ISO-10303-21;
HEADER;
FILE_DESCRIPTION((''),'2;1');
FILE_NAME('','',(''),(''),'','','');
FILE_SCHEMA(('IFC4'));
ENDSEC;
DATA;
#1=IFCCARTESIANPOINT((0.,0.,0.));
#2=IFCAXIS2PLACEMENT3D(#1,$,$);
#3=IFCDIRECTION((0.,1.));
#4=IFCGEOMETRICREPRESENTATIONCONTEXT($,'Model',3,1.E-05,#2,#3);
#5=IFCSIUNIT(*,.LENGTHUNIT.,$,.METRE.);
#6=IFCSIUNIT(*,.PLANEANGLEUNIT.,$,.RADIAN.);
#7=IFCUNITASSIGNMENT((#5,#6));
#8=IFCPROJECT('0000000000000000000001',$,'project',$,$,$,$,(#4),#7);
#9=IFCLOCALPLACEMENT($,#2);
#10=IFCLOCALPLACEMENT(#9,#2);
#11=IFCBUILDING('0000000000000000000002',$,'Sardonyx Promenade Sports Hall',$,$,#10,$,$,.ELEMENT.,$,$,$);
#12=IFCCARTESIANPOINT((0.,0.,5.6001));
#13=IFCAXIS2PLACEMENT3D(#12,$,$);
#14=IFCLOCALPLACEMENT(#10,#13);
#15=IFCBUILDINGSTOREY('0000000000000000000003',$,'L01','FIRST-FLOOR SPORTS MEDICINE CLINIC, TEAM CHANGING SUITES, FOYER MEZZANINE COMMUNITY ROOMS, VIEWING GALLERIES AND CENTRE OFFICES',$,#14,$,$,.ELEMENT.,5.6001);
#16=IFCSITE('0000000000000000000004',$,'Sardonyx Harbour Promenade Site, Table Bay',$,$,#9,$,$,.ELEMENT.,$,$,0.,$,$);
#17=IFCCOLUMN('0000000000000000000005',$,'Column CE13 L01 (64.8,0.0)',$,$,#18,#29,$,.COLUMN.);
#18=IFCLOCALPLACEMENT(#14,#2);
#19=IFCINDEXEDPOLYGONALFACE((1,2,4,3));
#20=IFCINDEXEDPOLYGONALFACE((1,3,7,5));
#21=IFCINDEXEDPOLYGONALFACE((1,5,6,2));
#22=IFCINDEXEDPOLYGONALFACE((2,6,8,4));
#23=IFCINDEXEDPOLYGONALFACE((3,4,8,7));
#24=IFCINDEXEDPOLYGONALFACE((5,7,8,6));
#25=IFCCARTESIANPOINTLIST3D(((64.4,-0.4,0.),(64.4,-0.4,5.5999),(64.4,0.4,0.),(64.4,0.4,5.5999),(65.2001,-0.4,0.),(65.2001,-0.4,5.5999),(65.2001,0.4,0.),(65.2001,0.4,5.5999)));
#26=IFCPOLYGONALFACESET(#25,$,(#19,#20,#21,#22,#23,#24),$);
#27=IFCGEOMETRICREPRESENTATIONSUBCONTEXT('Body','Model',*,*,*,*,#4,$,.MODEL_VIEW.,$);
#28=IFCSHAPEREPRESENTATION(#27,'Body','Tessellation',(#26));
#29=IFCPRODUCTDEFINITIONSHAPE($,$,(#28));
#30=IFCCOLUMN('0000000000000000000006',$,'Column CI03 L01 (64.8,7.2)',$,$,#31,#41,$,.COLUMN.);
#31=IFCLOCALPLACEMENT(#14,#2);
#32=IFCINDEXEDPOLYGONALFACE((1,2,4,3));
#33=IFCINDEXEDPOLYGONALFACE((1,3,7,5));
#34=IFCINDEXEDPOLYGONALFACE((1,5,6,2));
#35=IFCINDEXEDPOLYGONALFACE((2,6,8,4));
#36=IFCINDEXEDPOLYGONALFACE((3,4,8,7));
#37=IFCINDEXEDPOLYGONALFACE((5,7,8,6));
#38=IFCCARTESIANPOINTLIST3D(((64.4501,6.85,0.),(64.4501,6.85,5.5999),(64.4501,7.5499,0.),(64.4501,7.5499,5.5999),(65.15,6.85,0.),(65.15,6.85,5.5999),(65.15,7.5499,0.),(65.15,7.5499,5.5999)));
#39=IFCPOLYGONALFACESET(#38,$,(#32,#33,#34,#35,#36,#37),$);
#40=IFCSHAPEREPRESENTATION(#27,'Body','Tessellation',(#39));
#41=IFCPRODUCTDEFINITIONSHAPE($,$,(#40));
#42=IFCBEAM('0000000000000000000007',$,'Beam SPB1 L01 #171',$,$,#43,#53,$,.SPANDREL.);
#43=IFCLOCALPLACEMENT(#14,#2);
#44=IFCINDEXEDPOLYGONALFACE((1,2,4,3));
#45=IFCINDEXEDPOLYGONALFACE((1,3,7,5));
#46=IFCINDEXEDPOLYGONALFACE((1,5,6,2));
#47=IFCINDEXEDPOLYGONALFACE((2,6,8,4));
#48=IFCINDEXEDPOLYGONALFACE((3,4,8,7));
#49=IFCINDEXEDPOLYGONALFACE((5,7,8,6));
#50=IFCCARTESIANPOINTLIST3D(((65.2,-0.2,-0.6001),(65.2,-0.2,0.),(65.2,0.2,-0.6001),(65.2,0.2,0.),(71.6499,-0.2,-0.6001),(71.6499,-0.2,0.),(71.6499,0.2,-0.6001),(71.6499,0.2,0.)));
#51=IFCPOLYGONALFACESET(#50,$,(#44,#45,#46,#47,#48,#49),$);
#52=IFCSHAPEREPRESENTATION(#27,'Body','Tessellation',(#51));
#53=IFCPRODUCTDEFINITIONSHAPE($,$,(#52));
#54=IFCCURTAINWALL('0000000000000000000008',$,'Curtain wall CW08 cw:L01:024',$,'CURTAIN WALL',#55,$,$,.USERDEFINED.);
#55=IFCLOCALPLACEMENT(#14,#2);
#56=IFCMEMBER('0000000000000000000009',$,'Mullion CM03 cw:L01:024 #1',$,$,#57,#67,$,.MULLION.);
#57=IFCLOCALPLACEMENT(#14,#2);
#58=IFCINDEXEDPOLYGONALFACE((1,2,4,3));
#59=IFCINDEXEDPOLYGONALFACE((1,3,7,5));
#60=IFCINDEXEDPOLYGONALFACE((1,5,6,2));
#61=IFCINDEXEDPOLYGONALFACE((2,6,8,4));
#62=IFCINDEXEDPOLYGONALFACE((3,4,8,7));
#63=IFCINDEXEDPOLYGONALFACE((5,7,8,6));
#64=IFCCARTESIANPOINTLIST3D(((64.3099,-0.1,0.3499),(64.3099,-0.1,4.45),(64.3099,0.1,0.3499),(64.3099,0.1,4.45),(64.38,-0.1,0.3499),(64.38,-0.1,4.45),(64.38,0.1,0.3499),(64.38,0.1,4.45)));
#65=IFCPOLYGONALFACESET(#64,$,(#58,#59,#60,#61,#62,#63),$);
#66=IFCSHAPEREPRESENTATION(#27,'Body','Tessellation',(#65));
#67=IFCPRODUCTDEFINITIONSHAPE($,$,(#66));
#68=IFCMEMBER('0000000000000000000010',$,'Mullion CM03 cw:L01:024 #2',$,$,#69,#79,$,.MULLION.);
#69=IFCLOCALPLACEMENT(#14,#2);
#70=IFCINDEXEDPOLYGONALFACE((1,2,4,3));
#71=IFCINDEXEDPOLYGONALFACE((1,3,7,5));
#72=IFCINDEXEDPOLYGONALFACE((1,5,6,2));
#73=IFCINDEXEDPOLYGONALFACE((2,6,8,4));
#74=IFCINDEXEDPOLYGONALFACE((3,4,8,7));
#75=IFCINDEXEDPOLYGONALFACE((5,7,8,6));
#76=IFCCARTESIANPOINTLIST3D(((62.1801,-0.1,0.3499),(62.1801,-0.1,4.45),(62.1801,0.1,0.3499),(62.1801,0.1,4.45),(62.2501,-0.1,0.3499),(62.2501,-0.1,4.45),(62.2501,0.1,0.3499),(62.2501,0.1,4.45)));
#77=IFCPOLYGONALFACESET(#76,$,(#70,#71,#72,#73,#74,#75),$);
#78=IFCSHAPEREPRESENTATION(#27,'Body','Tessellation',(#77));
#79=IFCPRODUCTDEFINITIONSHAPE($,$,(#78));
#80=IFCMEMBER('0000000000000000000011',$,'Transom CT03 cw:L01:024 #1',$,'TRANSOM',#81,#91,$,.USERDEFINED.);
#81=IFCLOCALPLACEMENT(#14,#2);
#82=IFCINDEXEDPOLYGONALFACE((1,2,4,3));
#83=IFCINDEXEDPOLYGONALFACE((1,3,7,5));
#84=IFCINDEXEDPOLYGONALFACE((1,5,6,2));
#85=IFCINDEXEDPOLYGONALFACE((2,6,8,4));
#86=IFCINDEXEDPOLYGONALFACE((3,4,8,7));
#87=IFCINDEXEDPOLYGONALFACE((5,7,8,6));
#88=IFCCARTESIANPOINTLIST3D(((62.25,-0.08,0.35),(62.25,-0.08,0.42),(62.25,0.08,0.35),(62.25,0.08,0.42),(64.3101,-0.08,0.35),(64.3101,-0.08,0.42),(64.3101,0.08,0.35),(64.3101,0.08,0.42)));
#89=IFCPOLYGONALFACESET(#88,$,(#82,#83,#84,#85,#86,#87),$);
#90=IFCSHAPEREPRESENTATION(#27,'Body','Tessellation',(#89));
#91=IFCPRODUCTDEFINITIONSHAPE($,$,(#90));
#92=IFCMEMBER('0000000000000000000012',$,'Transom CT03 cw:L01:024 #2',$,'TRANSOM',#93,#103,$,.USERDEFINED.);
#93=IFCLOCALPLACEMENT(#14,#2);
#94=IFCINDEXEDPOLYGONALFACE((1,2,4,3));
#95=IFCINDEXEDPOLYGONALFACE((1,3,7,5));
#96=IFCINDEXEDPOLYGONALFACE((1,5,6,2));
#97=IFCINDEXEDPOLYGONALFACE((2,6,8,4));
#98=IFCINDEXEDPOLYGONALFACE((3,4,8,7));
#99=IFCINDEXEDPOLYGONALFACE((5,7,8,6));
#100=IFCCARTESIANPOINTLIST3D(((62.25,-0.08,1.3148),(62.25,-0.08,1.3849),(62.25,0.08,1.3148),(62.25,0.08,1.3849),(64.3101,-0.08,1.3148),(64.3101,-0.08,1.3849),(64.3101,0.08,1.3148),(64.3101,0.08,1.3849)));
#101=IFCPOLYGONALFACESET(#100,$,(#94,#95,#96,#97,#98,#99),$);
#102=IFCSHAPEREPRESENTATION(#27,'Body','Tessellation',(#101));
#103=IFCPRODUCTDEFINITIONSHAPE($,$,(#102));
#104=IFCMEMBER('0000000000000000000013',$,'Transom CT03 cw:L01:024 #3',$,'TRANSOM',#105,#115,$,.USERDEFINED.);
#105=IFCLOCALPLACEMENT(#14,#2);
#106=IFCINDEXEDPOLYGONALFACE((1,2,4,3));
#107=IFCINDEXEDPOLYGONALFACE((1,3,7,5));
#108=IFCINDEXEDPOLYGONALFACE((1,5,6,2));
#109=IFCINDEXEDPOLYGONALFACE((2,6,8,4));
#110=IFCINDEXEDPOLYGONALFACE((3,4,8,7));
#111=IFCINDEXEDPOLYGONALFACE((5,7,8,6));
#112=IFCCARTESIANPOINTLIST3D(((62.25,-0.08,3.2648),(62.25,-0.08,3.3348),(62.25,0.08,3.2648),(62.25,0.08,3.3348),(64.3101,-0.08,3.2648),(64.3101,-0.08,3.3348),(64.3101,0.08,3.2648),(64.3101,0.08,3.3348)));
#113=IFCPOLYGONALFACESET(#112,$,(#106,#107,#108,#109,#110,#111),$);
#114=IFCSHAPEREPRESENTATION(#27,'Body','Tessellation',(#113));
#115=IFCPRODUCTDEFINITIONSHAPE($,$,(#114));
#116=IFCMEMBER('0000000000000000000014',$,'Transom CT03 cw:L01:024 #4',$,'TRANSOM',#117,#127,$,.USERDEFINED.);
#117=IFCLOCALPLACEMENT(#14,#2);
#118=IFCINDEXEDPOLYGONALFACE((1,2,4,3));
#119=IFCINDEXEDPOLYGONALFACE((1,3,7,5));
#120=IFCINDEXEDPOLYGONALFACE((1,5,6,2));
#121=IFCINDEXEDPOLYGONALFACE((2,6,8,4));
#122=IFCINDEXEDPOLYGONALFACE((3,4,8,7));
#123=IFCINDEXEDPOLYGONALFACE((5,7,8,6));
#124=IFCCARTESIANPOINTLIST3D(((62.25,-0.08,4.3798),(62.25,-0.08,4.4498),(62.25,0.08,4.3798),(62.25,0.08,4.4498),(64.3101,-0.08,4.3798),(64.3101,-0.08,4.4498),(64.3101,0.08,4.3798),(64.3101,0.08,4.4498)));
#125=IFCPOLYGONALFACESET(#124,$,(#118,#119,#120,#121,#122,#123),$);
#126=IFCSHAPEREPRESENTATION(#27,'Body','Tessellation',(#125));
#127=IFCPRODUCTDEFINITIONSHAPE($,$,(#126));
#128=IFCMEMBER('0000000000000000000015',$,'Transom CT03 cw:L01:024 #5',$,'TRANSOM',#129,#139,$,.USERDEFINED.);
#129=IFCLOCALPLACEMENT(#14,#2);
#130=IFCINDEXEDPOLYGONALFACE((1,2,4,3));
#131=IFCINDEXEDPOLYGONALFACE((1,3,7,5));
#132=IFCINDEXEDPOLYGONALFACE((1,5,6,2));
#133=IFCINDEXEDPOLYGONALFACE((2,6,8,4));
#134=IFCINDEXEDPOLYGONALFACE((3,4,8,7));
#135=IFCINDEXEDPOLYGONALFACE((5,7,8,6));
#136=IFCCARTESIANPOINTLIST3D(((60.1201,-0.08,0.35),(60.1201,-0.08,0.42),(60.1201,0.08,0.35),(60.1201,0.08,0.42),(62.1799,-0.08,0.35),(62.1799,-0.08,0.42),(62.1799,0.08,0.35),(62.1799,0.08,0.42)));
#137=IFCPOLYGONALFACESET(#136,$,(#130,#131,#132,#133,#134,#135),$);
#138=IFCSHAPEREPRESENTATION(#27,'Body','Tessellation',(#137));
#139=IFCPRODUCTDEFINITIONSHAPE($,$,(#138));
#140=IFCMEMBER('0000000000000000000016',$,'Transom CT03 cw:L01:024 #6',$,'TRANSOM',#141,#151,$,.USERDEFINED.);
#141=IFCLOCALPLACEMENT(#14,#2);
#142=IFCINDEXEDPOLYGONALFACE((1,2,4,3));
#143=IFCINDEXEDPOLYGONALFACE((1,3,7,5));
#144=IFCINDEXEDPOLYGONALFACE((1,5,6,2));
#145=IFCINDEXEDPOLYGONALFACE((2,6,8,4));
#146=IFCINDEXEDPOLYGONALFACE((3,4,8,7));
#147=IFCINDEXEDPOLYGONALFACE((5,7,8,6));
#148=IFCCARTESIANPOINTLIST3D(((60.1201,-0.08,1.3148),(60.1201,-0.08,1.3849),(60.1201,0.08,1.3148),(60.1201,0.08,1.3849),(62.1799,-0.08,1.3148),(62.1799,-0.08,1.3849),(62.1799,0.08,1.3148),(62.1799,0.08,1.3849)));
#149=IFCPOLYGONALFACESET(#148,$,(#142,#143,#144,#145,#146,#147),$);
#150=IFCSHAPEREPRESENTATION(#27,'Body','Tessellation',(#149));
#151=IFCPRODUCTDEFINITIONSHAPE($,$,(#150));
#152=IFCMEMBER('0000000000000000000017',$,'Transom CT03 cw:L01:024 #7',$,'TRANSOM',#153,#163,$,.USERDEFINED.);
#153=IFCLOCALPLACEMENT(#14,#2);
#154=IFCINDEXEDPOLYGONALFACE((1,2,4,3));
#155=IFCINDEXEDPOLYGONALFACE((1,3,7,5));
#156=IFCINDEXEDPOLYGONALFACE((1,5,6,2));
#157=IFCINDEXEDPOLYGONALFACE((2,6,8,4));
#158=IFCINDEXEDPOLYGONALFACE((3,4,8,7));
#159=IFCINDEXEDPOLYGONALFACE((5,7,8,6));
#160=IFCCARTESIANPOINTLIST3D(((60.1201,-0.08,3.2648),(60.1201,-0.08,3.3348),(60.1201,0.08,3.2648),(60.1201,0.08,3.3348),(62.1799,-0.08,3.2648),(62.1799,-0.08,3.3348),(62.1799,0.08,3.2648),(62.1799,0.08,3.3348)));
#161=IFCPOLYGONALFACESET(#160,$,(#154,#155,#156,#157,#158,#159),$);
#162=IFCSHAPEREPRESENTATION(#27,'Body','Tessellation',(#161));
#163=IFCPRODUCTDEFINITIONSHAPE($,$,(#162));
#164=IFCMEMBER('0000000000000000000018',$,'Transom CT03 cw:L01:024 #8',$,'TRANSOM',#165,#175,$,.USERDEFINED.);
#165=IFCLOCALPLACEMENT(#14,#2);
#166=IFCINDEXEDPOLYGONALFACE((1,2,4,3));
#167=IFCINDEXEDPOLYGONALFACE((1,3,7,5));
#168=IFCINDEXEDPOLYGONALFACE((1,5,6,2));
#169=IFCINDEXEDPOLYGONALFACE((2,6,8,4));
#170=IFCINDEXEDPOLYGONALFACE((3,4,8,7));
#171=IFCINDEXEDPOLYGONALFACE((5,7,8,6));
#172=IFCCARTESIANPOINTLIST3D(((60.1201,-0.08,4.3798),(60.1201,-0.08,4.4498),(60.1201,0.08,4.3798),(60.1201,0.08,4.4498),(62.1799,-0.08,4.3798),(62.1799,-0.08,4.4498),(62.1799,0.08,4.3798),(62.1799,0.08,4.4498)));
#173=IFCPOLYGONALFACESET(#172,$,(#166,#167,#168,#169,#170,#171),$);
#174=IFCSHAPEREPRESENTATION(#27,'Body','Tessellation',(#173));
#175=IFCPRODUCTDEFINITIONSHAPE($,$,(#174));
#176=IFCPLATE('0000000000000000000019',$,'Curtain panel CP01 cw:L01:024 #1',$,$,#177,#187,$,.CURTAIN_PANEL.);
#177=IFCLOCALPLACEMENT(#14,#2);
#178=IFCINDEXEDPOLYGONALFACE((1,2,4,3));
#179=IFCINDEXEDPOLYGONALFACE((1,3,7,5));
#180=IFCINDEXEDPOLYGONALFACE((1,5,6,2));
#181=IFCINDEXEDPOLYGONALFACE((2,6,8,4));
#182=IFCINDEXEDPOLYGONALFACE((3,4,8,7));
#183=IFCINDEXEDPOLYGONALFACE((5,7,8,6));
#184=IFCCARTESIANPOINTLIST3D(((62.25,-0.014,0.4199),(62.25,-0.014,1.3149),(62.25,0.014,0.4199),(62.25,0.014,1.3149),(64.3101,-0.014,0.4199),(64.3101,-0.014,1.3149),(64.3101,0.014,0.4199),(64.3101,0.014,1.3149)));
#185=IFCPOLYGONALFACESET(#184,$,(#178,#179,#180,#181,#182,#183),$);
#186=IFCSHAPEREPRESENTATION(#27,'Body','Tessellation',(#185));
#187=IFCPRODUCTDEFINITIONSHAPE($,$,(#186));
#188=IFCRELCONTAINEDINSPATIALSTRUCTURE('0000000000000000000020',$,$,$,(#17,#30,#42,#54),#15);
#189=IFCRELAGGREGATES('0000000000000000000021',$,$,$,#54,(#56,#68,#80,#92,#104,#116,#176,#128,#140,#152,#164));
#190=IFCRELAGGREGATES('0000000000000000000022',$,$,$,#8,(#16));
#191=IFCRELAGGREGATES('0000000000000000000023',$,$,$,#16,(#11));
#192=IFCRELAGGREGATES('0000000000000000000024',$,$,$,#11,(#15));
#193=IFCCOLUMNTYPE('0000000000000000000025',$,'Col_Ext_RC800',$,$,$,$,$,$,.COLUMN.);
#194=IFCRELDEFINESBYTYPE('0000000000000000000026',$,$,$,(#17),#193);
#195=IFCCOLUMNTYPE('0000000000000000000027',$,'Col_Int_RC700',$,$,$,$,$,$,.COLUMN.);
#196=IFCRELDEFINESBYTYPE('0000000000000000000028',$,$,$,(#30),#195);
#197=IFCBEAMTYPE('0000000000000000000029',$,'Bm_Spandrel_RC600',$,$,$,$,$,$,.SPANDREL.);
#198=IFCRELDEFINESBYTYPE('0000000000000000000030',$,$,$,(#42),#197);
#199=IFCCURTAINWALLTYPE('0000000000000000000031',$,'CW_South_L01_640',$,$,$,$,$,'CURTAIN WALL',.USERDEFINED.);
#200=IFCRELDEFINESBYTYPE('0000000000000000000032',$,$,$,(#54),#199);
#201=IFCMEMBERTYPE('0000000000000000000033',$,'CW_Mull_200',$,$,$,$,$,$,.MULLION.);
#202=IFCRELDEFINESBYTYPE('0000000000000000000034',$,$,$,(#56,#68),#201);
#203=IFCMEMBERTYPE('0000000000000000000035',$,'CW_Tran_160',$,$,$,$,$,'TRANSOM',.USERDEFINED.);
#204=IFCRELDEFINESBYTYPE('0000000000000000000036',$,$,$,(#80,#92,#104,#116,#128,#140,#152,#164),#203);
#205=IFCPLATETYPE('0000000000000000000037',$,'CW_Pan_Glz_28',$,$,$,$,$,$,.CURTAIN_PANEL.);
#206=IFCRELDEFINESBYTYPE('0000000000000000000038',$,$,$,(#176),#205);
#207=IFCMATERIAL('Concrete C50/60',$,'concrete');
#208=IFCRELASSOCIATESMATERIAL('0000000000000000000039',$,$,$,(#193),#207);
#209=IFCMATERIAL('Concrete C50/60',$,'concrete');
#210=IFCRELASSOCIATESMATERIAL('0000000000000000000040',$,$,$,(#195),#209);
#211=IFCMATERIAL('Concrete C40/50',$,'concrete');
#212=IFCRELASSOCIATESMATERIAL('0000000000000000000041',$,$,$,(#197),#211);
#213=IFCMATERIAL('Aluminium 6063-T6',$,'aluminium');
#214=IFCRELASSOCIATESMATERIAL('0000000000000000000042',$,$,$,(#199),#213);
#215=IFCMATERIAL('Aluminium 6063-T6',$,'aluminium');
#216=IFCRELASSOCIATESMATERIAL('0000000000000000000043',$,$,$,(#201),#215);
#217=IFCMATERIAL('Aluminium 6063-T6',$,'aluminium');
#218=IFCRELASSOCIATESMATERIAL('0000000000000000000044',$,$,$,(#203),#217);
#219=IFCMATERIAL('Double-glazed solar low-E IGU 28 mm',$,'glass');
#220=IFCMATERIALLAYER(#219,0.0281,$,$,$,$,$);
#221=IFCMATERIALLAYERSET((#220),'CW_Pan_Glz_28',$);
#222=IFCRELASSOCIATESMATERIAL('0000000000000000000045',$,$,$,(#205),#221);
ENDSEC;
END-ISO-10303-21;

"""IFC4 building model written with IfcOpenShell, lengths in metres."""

from ifc_helpers import new_model, si_unit, direction, frame, origin, origin_2d, place, context, subcontext, project, spatial, rectangle, extrude, material, layer, layer_set, material_profile, profile_set, type_object, element, aggregate, save


model = new_model("IFC4")

# Units and contexts
model_context = context("Model", 3, precision=1e-05, world=origin(), true_north=direction((0.0, 1.0)))
body_context = subcontext(model_context, "Body", "Model", "MODEL_VIEW")
ifc_project = project(units=[si_unit("LENGTHUNIT", "METRE"), si_unit("PLANEANGLEUNIT", "RADIAN")], contexts=[model_context])

# Site, building, storey
site_placement = place(None, origin())
site = spatial("IfcSite", under=ifc_project, at=site_placement, Name="Sardonyx Harbour Promenade Site, Table Bay", CompositionType="ELEMENT", RefElevation=0.0)
building_placement = place(site_placement, origin())
building = spatial("IfcBuilding", under=site, at=building_placement, Name="Sardonyx Promenade Sports Hall", CompositionType="ELEMENT")
storey_placement = place(building_placement, frame((0.0, 0.0, 5.6001)))
storey = spatial("IfcBuildingStorey", under=building, at=storey_placement, Name="L01", Description="FIRST-FLOOR SPORTS MEDICINE CLINIC, TEAM CHANGING SUITES, FOYER MEZZANINE COMMUNITY ROOMS, VIEWING GALLERIES AND CENTRE OFFICES", CompositionType="ELEMENT", Elevation=5.6001)

# Columns
ifc_material_1 = material(Name="Concrete C50/60", Category="concrete")
ifc_material_profile_1 = material_profile(ifc_material_1, rectangle(XDim=0.8, YDim=0.8, at=origin_2d()))
ifc_profile_set_1 = profile_set([ifc_material_profile_1], Name="Concrete C50/60")
column_type_1 = type_object("IfcColumnType", Name="Col_Ext_RC800", PredefinedType="COLUMN", material=ifc_profile_set_1)
column_1_placement = place(storey_placement, frame((64.8, 0.0, 0.0), z_axis=(0.0, 0.0, 1.0), x_axis=(1.0, 0.0, 0.0)))
element("IfcColumn", 1, at=column_1_placement, inside=storey, type_object=column_type_1, Name="Column CE13 L01 (64.8,0.0)", PredefinedType="COLUMN", context=body_context, shape_type="SweptSolid", body=[
    extrude(rectangle(XDim=0.8, YDim=0.8, at=origin_2d()), origin(), (0.0, 0.0, 1.0), 5.5999),
])
ifc_material_2 = material(Name="Concrete C50/60", Category="concrete")
ifc_material_profile_2 = material_profile(ifc_material_2, rectangle(XDim=0.7, YDim=0.7, at=origin_2d()))
ifc_profile_set_2 = profile_set([ifc_material_profile_2], Name="Concrete C50/60")
column_type_2 = type_object("IfcColumnType", Name="Col_Int_RC700", PredefinedType="COLUMN", material=ifc_profile_set_2)
column_2_placement = place(storey_placement, frame((64.8, 7.2, 0.0), z_axis=(0.0, 0.0, 1.0), x_axis=(1.0, 0.0, 0.0)))
element("IfcColumn", 2, at=column_2_placement, inside=storey, type_object=column_type_2, Name="Column CI03 L01 (64.8,7.2)", PredefinedType="COLUMN", context=body_context, shape_type="SweptSolid", body=[
    extrude(rectangle(XDim=0.7, YDim=0.7, at=origin_2d()), origin(), (0.0, 0.0, 1.0), 5.5999),
])

# Beam
ifc_material_3 = material(Name="Concrete C40/50", Category="concrete")
ifc_material_profile_3 = material_profile(ifc_material_3, rectangle(XDim=0.3999, YDim=0.6001, at=origin_2d()))
ifc_profile_set_3 = profile_set([ifc_material_profile_3], Name="Concrete C40/50")
beam_type = type_object("IfcBeamType", Name="Bm_Spandrel_RC600", PredefinedType="SPANDREL", material=ifc_profile_set_3)
beam_placement = place(storey_placement, frame((65.2, 0.0, -0.3), z_axis=(1.0, 0.0, 0.0), x_axis=(0.0, 1.0, 0.0)))
element("IfcBeam", 3, at=beam_placement, inside=storey, type_object=beam_type, Name="Beam SPB1 L01 #171", PredefinedType="SPANDREL", context=body_context, shape_type="SweptSolid", body=[
    extrude(rectangle(XDim=0.3999, YDim=0.6001, at=origin_2d()), origin(), (0.0, 0.0, 1.0), 6.45),
])

# Curtain wall, members, plate
ifc_material_4 = material(Name="Aluminium 6063-T6", Category="aluminium")
curtain_wall_type = type_object("IfcCurtainWallType", Name="CW_South_L01_640", ElementType="CURTAIN WALL", PredefinedType="USERDEFINED", material=ifc_material_4)
curtain_wall_placement = place(storey_placement, origin())
curtain_wall = element("IfcCurtainWall", 4, at=curtain_wall_placement, inside=storey, type_object=curtain_wall_type, Name="Curtain wall CW08 cw:L01:024", ObjectType="CURTAIN WALL", PredefinedType="USERDEFINED")
ifc_material_5 = material(Name="Aluminium 6063-T6", Category="aluminium")
ifc_material_profile_4 = material_profile(ifc_material_5, rectangle(XDim=0.0701, YDim=0.2, at=origin_2d()))
ifc_profile_set_4 = profile_set([ifc_material_profile_4], Name="Aluminium 6063-T6")
member_type_1 = type_object("IfcMemberType", Name="CW_Mull_200", PredefinedType="MULLION", material=ifc_profile_set_4)
member_1_placement = place(storey_placement, frame((64.345, 0.0, 0.3499), z_axis=(0.0, 0.0, 1.0), x_axis=(-1.0, 0.0, 0.0)))
member_1 = element("IfcMember", 5, at=member_1_placement, type_object=member_type_1, Name="Mullion CM03 cw:L01:024 #1", PredefinedType="MULLION", context=body_context, shape_type="SweptSolid", body=[
    extrude(rectangle(XDim=0.0701, YDim=0.2, at=origin_2d()), origin(), (0.0, 0.0, 1.0), 4.1001),
])
member_2_placement = place(storey_placement, frame((62.2151, 0.0, 0.3499), z_axis=(0.0, 0.0, 1.0), x_axis=(-1.0, 0.0, 0.0)))
member_2 = element("IfcMember", 6, at=member_2_placement, type_object=member_type_1, Name="Mullion CM03 cw:L01:024 #2", PredefinedType="MULLION", context=body_context, shape_type="SweptSolid", body=[
    extrude(rectangle(XDim=0.0701, YDim=0.2, at=origin_2d()), origin(), (0.0, 0.0, 1.0), 4.1001),
])
ifc_material_6 = material(Name="Aluminium 6063-T6", Category="aluminium")
ifc_material_profile_5 = material_profile(ifc_material_6, rectangle(XDim=0.0701, YDim=0.1599, at=origin_2d()))
ifc_profile_set_5 = profile_set([ifc_material_profile_5], Name="Aluminium 6063-T6")
member_type_2 = type_object("IfcMemberType", Name="CW_Tran_160", ElementType="TRANSOM", PredefinedType="USERDEFINED", material=ifc_profile_set_5)
member_3_placement = place(storey_placement, frame((64.3101, 0.0, 0.385), z_axis=(-1.0, 0.0, 0.0), x_axis=(0.0, 0.0, 1.0)))
member_3 = element("IfcMember", 7, at=member_3_placement, type_object=member_type_2, Name="Transom CT03 cw:L01:024 #1", ObjectType="TRANSOM", PredefinedType="USERDEFINED", context=body_context, shape_type="SweptSolid", body=[
    extrude(rectangle(XDim=0.0701, YDim=0.1599, at=origin_2d()), origin(), (0.0, 0.0, 1.0), 2.0601),
])
member_4_placement = place(storey_placement, frame((64.3101, 0.0, 1.3499), z_axis=(-1.0, 0.0, 0.0), x_axis=(0.0, 0.0, 1.0)))
member_4 = element("IfcMember", 8, at=member_4_placement, type_object=member_type_2, Name="Transom CT03 cw:L01:024 #2", ObjectType="TRANSOM", PredefinedType="USERDEFINED", context=body_context, shape_type="SweptSolid", body=[
    extrude(rectangle(XDim=0.0701, YDim=0.1599, at=origin_2d()), origin(), (0.0, 0.0, 1.0), 2.0601),
])
member_5_placement = place(storey_placement, frame((64.3101, 0.0, 3.2998), z_axis=(-1.0, 0.0, 0.0), x_axis=(0.0, 0.0, 1.0)))
member_5 = element("IfcMember", 9, at=member_5_placement, type_object=member_type_2, Name="Transom CT03 cw:L01:024 #3", ObjectType="TRANSOM", PredefinedType="USERDEFINED", context=body_context, shape_type="SweptSolid", body=[
    extrude(rectangle(XDim=0.0701, YDim=0.1599, at=origin_2d()), origin(), (0.0, 0.0, 1.0), 2.0601),
])
member_6_placement = place(storey_placement, frame((64.3101, 0.0, 4.4148), z_axis=(-1.0, 0.0, 0.0), x_axis=(0.0, 0.0, 1.0)))
member_6 = element("IfcMember", 10, at=member_6_placement, type_object=member_type_2, Name="Transom CT03 cw:L01:024 #4", ObjectType="TRANSOM", PredefinedType="USERDEFINED", context=body_context, shape_type="SweptSolid", body=[
    extrude(rectangle(XDim=0.0701, YDim=0.1599, at=origin_2d()), origin(), (0.0, 0.0, 1.0), 2.0601),
])
member_7_placement = place(storey_placement, frame((62.1799, 0.0, 0.385), z_axis=(-1.0, 0.0, 0.0), x_axis=(0.0, 0.0, 1.0)))
member_7 = element("IfcMember", 11, at=member_7_placement, type_object=member_type_2, Name="Transom CT03 cw:L01:024 #5", ObjectType="TRANSOM", PredefinedType="USERDEFINED", context=body_context, shape_type="SweptSolid", body=[
    extrude(rectangle(XDim=0.0701, YDim=0.1599, at=origin_2d()), origin(), (0.0, 0.0, 1.0), 2.0598),
])
member_8_placement = place(storey_placement, frame((62.1799, 0.0, 1.3499), z_axis=(-1.0, 0.0, 0.0), x_axis=(0.0, 0.0, 1.0)))
member_8 = element("IfcMember", 12, at=member_8_placement, type_object=member_type_2, Name="Transom CT03 cw:L01:024 #6", ObjectType="TRANSOM", PredefinedType="USERDEFINED", context=body_context, shape_type="SweptSolid", body=[
    extrude(rectangle(XDim=0.0701, YDim=0.1599, at=origin_2d()), origin(), (0.0, 0.0, 1.0), 2.0598),
])
member_9_placement = place(storey_placement, frame((62.1799, 0.0, 3.2998), z_axis=(-1.0, 0.0, 0.0), x_axis=(0.0, 0.0, 1.0)))
member_9 = element("IfcMember", 13, at=member_9_placement, type_object=member_type_2, Name="Transom CT03 cw:L01:024 #7", ObjectType="TRANSOM", PredefinedType="USERDEFINED", context=body_context, shape_type="SweptSolid", body=[
    extrude(rectangle(XDim=0.0701, YDim=0.1599, at=origin_2d()), origin(), (0.0, 0.0, 1.0), 2.0598),
])
member_10_placement = place(storey_placement, frame((62.1799, 0.0, 4.4148), z_axis=(-1.0, 0.0, 0.0), x_axis=(0.0, 0.0, 1.0)))
member_10 = element("IfcMember", 14, at=member_10_placement, type_object=member_type_2, Name="Transom CT03 cw:L01:024 #8", ObjectType="TRANSOM", PredefinedType="USERDEFINED", context=body_context, shape_type="SweptSolid", body=[
    extrude(rectangle(XDim=0.0701, YDim=0.1599, at=origin_2d()), origin(), (0.0, 0.0, 1.0), 2.0598),
])
ifc_material_7 = material(Name="Double-glazed solar low-E IGU 28 mm", Category="glass")
ifc_layer_1 = layer(ifc_material_7, 0.0281)
ifc_layer_set_1 = layer_set([ifc_layer_1], Name="CW_Pan_Glz_28")
plate_type = type_object("IfcPlateType", Name="CW_Pan_Glz_28", PredefinedType="CURTAIN_PANEL", material=ifc_layer_set_1)
plate_1_placement = place(storey_placement, frame((63.28, 0.0, 0.4199), z_axis=(0.0, 0.0, 1.0), x_axis=(-1.0, 0.0, 0.0)))
plate_1 = element("IfcPlate", 15, at=plate_1_placement, type_object=plate_type, Name="Curtain panel CP01 cw:L01:024 #1", PredefinedType="CURTAIN_PANEL", context=body_context, shape_type="SweptSolid", body=[
    extrude(rectangle(XDim=2.0601, YDim=0.0281, at=origin_2d()), origin(), (0.0, 0.0, 1.0), 0.895),
])
aggregate(curtain_wall, [member_1, member_2, member_3, member_4, member_5, member_6, plate_1, member_7, member_8, member_9, member_10])

save(model, "model.ifc")
